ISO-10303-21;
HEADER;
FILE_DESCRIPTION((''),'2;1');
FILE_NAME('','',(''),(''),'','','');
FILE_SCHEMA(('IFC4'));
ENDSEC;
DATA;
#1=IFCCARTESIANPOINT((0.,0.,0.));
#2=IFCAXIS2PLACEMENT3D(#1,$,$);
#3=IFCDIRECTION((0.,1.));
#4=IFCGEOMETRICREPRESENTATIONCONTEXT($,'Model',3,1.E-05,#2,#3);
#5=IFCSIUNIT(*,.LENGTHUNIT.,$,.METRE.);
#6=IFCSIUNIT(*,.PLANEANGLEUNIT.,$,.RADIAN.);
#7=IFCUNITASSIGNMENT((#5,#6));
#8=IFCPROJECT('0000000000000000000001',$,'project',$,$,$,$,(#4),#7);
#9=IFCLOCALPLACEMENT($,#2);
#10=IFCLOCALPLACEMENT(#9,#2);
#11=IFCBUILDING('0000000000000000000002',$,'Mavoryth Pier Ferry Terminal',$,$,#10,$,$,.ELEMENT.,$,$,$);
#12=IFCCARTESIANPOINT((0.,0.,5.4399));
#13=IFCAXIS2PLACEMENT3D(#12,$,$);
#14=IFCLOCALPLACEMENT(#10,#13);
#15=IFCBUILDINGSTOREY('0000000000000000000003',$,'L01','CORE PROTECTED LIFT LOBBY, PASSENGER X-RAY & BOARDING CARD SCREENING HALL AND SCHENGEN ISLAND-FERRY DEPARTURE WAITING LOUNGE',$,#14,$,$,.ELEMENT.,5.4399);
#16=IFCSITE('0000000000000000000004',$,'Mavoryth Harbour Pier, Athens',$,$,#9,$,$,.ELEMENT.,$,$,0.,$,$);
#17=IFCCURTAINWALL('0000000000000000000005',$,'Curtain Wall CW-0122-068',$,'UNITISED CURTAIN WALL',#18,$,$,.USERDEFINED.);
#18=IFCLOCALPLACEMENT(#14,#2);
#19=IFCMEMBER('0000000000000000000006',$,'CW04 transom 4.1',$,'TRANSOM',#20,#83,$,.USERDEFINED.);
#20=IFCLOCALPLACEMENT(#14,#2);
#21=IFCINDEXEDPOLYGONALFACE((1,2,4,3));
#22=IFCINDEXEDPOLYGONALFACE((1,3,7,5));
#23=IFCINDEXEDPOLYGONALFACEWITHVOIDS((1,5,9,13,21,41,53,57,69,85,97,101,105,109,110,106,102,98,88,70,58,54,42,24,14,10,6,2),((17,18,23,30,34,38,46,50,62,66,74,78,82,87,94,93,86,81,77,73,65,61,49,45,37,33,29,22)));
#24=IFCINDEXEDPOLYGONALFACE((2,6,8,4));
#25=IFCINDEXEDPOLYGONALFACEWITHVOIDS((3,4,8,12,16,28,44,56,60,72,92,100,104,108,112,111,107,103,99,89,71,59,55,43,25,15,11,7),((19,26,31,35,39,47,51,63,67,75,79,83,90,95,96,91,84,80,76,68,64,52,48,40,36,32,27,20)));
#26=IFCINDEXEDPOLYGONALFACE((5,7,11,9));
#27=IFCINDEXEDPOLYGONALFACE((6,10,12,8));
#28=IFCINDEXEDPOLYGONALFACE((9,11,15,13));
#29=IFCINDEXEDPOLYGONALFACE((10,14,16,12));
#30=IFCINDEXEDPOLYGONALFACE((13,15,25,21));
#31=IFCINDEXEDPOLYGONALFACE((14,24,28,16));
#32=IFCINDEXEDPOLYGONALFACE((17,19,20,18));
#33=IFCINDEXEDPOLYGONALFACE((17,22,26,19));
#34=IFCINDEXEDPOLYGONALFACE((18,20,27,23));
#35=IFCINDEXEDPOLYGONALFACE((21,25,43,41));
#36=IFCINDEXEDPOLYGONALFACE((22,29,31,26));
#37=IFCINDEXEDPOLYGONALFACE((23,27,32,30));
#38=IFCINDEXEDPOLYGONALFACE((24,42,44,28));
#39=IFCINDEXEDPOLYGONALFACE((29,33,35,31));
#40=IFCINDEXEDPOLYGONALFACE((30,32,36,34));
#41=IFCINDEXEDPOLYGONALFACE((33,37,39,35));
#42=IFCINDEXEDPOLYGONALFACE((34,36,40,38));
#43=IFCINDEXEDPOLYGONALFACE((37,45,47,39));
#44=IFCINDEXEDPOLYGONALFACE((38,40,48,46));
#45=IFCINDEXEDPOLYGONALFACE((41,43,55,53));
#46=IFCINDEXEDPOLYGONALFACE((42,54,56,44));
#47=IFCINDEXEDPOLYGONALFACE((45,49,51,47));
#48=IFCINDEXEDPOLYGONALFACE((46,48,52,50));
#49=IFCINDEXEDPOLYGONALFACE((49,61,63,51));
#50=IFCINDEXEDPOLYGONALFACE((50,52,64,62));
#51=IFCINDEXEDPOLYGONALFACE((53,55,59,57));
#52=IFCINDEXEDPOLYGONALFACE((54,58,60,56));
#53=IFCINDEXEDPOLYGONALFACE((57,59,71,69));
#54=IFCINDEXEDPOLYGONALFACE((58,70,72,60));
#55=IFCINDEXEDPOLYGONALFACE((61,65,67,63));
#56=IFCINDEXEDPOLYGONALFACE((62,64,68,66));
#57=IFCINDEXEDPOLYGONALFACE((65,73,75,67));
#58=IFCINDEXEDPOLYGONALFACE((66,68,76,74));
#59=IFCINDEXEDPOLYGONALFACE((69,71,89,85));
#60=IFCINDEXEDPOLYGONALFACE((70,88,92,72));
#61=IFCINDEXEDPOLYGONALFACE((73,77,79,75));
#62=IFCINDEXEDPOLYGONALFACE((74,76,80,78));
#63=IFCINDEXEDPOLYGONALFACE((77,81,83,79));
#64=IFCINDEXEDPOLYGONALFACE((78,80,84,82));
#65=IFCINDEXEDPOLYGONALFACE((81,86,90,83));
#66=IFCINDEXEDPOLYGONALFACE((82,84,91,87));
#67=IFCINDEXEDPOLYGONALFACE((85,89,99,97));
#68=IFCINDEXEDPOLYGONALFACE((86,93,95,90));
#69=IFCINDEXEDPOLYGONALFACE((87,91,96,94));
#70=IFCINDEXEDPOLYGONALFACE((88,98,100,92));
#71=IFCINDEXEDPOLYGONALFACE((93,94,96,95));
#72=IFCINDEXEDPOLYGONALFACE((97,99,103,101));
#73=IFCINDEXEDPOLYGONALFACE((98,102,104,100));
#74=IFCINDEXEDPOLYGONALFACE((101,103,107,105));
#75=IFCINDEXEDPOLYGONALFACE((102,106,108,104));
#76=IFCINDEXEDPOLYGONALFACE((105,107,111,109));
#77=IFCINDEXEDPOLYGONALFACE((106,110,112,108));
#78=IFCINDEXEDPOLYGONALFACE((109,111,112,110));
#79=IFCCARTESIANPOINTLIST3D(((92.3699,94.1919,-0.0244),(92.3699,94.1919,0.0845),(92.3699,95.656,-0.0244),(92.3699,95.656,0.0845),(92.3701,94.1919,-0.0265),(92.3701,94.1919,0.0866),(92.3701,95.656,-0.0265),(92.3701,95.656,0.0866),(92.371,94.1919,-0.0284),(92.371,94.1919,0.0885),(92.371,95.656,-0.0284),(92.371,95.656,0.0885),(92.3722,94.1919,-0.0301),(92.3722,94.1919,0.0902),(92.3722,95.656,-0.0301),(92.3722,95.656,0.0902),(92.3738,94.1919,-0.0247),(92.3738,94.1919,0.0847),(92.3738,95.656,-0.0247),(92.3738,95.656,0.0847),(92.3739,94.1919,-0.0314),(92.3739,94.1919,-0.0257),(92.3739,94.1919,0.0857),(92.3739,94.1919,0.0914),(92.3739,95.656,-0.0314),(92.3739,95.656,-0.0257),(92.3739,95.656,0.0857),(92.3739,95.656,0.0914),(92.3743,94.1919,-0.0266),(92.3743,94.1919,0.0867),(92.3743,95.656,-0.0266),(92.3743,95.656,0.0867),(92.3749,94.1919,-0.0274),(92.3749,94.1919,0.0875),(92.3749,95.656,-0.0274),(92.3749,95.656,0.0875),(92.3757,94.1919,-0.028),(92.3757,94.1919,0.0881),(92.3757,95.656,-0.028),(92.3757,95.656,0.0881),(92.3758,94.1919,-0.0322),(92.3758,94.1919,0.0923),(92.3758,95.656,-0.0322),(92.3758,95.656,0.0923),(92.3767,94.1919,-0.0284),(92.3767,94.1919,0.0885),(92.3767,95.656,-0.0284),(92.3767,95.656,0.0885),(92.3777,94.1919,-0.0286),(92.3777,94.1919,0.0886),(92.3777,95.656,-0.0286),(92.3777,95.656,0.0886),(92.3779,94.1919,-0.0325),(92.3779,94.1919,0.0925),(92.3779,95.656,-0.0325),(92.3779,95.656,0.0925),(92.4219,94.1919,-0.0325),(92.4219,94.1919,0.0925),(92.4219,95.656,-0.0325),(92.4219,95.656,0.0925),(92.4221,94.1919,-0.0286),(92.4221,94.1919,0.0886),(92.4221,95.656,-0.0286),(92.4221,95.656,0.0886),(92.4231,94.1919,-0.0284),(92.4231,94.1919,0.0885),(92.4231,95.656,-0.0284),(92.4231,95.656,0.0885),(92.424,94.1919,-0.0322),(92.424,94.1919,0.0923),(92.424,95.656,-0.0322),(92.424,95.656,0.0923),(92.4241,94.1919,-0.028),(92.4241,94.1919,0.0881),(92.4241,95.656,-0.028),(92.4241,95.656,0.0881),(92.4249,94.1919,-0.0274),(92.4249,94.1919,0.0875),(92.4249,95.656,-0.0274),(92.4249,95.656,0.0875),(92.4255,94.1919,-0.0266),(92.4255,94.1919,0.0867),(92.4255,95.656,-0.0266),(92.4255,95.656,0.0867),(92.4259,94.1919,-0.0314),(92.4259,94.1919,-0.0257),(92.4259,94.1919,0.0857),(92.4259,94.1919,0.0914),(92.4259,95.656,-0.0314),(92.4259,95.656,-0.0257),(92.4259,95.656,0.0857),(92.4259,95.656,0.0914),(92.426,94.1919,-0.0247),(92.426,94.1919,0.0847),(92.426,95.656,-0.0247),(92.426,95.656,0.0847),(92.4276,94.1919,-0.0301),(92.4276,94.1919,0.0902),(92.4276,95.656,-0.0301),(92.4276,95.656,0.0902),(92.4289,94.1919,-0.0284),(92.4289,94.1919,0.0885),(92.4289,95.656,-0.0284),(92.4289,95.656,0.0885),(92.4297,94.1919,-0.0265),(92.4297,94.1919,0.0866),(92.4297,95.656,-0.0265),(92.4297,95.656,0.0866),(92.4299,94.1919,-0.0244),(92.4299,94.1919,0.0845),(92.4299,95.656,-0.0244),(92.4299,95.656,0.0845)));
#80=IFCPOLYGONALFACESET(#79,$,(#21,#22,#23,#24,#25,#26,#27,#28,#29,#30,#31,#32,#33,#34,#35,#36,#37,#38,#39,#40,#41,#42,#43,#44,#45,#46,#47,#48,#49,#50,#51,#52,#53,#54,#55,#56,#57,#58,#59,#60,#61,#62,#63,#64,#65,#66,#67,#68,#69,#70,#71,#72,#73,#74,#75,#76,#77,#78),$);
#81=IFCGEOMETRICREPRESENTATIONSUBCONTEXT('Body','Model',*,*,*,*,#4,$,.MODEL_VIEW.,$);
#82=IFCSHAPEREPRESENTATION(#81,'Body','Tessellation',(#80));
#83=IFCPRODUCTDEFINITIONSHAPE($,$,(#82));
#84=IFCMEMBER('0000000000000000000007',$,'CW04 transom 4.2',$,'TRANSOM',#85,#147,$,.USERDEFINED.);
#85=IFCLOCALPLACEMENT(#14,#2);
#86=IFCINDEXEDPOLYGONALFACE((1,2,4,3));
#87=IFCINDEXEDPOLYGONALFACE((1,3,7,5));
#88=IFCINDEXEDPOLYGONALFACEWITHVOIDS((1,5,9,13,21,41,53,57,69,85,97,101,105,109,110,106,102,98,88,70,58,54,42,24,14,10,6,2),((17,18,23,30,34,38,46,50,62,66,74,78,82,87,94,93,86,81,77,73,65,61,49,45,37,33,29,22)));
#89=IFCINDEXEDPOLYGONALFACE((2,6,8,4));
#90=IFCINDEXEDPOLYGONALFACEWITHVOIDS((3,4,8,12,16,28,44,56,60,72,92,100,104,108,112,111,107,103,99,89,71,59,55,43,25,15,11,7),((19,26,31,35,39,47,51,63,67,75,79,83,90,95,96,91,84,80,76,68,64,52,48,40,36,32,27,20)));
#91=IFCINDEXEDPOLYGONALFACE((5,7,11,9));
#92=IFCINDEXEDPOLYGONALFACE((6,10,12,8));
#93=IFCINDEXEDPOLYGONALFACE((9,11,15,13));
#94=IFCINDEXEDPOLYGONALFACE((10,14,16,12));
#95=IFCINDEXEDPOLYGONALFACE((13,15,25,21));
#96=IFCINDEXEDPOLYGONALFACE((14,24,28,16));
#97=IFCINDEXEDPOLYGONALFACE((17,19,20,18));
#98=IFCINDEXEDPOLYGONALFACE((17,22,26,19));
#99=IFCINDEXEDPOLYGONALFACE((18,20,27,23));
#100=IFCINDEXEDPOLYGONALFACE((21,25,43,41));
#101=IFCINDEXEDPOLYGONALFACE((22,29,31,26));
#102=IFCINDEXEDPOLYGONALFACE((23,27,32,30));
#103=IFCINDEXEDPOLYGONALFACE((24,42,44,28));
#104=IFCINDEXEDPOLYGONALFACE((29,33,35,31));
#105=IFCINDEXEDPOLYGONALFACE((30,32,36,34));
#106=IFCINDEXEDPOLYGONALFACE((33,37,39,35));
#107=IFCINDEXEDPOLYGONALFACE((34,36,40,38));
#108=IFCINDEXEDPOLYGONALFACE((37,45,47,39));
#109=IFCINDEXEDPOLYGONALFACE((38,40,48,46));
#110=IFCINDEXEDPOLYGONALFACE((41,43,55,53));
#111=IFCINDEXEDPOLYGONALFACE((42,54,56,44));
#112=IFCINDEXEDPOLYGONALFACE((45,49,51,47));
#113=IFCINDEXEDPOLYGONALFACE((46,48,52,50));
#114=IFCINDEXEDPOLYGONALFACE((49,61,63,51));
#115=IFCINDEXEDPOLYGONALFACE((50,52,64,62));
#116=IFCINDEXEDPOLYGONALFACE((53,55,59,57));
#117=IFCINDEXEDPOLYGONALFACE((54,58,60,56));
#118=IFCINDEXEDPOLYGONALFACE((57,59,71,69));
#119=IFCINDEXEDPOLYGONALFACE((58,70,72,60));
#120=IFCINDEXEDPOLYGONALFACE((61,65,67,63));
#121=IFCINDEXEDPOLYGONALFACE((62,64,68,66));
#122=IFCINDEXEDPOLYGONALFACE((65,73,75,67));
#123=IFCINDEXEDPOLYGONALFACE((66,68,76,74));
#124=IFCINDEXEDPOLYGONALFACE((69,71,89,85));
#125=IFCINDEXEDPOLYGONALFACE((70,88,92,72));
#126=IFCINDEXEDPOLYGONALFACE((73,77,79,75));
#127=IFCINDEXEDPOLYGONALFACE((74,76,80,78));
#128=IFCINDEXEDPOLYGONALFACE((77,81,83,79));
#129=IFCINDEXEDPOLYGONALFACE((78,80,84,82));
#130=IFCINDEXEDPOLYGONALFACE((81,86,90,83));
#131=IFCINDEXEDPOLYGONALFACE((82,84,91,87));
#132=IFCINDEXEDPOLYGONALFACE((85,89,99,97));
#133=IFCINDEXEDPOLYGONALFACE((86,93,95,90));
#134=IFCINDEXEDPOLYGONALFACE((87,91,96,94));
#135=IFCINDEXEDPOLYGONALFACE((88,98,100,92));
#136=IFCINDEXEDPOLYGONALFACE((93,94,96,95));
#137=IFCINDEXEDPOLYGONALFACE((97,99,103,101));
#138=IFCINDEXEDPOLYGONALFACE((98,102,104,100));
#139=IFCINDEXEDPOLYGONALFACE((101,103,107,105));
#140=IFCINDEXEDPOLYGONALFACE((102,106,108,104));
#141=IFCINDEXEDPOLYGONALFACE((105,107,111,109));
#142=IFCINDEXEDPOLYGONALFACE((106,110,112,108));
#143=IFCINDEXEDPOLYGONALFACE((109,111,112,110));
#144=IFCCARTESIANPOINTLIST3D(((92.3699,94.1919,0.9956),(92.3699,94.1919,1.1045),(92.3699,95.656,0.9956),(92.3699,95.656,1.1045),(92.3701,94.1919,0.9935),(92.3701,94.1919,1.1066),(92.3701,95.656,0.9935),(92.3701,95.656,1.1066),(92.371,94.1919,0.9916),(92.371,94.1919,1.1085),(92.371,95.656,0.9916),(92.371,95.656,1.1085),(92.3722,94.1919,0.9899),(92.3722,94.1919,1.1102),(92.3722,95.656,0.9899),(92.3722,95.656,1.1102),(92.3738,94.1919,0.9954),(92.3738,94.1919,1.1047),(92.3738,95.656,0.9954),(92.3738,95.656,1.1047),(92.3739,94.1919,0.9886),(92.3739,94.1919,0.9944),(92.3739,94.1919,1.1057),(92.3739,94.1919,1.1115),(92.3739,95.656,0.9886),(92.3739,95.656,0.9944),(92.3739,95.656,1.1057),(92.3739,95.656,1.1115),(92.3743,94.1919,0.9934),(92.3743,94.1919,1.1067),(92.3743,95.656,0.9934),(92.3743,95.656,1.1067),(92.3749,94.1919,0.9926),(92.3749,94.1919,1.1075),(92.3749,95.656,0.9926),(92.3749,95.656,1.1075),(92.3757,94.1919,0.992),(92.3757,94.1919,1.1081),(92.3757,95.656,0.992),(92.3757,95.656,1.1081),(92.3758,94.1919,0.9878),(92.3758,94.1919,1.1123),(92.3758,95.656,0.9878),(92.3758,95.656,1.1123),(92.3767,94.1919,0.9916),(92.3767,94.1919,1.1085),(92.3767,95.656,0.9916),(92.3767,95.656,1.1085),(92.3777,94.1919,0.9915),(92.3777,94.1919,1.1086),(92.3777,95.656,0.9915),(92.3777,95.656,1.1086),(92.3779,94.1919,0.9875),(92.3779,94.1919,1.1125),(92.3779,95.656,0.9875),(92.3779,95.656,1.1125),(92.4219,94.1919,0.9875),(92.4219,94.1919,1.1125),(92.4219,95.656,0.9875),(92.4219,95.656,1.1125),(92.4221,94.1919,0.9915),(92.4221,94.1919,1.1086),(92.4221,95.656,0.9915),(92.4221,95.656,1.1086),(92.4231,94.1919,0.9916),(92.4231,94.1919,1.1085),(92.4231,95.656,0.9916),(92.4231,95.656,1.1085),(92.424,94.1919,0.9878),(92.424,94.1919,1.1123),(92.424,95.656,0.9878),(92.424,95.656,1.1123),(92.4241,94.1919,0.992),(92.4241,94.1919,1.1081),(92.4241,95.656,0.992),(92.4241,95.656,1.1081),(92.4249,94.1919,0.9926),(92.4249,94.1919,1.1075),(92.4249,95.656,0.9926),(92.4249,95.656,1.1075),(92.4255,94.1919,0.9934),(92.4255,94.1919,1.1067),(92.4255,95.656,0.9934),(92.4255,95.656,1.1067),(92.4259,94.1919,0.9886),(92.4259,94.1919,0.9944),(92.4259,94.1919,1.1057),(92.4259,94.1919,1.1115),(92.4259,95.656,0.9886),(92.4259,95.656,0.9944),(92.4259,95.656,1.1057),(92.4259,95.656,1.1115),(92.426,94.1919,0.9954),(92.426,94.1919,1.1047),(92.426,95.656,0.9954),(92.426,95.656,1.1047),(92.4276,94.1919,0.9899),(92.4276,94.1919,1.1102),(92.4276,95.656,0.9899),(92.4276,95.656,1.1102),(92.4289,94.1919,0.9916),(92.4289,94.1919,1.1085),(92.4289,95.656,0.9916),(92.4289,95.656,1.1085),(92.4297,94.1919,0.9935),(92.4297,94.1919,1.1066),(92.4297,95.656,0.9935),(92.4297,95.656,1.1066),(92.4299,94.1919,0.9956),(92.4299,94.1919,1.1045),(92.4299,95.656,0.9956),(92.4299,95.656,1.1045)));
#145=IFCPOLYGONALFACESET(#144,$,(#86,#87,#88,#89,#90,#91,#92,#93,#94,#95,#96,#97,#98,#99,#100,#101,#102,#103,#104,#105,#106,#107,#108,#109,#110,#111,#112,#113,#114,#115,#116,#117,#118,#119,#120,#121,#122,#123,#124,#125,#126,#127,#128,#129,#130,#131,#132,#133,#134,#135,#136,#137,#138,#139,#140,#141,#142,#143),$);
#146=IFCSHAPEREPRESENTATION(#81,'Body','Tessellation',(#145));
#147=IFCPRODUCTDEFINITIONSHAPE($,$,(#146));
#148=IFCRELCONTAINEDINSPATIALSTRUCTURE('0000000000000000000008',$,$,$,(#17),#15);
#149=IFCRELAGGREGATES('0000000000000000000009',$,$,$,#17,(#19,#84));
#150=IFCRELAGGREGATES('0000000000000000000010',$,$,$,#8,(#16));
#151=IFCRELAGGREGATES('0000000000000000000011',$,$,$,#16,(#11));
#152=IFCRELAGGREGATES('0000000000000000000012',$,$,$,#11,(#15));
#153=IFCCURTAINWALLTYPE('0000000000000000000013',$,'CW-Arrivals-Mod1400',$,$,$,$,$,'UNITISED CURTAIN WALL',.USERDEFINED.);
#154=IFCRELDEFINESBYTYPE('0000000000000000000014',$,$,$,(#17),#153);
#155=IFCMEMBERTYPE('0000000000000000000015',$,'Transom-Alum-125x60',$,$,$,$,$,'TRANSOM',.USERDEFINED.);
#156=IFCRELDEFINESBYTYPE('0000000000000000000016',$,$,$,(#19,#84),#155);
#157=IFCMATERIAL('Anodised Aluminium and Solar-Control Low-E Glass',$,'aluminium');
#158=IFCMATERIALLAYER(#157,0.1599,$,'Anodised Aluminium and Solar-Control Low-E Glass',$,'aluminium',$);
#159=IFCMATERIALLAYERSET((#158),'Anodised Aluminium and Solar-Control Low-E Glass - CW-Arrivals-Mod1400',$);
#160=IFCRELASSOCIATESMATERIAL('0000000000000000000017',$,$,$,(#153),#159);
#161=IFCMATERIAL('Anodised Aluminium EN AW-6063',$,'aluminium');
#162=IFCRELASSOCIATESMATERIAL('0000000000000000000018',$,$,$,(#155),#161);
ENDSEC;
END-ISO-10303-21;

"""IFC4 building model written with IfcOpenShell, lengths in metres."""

from ifc_helpers import new_model, si_unit, direction, frame, origin, origin_2d, place, context, subcontext, project, spatial, hollow_rectangle, extrude, material, layer, layer_set, material_profile, profile_set, type_object, element, aggregate, save


model = new_model("IFC4")

# Units and contexts
model_context = context("Model", 3, precision=1e-05, world=origin(), true_north=direction((0.0, 1.0)))
body_context = subcontext(model_context, "Body", "Model", "MODEL_VIEW")
ifc_project = project(units=[si_unit("LENGTHUNIT", "METRE"), si_unit("PLANEANGLEUNIT", "RADIAN")], contexts=[model_context])

# Site, building, storey
site_placement = place(None, origin())
site = spatial("IfcSite", under=ifc_project, at=site_placement, Name="Mavoryth Harbour Pier, Athens", CompositionType="ELEMENT", RefElevation=0.0)
building_placement = place(site_placement, origin())
building = spatial("IfcBuilding", under=site, at=building_placement, Name="Mavoryth Pier Ferry Terminal", CompositionType="ELEMENT")
storey_placement = place(building_placement, frame((0.0, 0.0, 5.4399)))
storey = spatial("IfcBuildingStorey", under=building, at=storey_placement, Name="L01", Description="CORE PROTECTED LIFT LOBBY, PASSENGER X-RAY & BOARDING CARD SCREENING HALL AND SCHENGEN ISLAND-FERRY DEPARTURE WAITING LOUNGE", CompositionType="ELEMENT", Elevation=5.4399)

# Curtain wall, members
ifc_material_1 = material(Name="Anodised Aluminium and Solar-Control Low-E Glass", Category="aluminium")
ifc_layer_1 = layer(ifc_material_1, 0.1599, Name="Anodised Aluminium and Solar-Control Low-E Glass", Category="aluminium")
ifc_layer_set_1 = layer_set([ifc_layer_1], Name="Anodised Aluminium and Solar-Control Low-E Glass - CW-Arrivals-Mod1400")
curtain_wall_type = type_object("IfcCurtainWallType", Name="CW-Arrivals-Mod1400", ElementType="UNITISED CURTAIN WALL", PredefinedType="USERDEFINED", material=ifc_layer_set_1)
curtain_wall_placement = place(storey_placement, origin())
curtain_wall = element("IfcCurtainWall", 1, at=curtain_wall_placement, inside=storey, type_object=curtain_wall_type, Name="Curtain Wall CW-0122-068", ObjectType="UNITISED CURTAIN WALL", PredefinedType="USERDEFINED")
ifc_material_2 = material(Name="Anodised Aluminium EN AW-6063", Category="aluminium")
ifc_material_profile_1 = material_profile(ifc_material_2, hollow_rectangle(XDim=0.0601, YDim=0.125, WallThickness=0.0039, InnerFilletRadius=0.0039, OuterFilletRadius=0.0081, at=origin_2d()), Name="AL-TRAN 125x60x4", Category="aluminium")
ifc_profile_set_1 = profile_set([ifc_material_profile_1], Name="Anodised Aluminium EN AW-6063 - AL-TRAN 125x60x4")
member_type_1 = type_object("IfcMemberType", Name="Transom-Alum-125x60", ElementType="TRANSOM", PredefinedType="USERDEFINED", material=ifc_profile_set_1)
member_1_placement = place(storey_placement, frame((92.3999, 94.1919, 0.03), z_axis=(0.0, 1.0, 0.0), x_axis=(-1.0, 0.0, 0.0)))
member_1 = element("IfcMember", 2, at=member_1_placement, type_object=member_type_1, Name="CW04 transom 4.1", ObjectType="TRANSOM", PredefinedType="USERDEFINED", context=body_context, shape_type="SweptSolid", body=[
    extrude(hollow_rectangle(XDim=0.0601, YDim=0.125, WallThickness=0.0039, InnerFilletRadius=0.0039, OuterFilletRadius=0.0081, at=origin_2d()), origin(), (0.0, 0.0, 1.0), 1.4641),
])
member_2_placement = place(storey_placement, frame((92.3999, 94.1919, 1.05), z_axis=(0.0, 1.0, 0.0), x_axis=(-1.0, 0.0, 0.0)))
member_2 = element("IfcMember", 3, at=member_2_placement, type_object=member_type_1, Name="CW04 transom 4.2", ObjectType="TRANSOM", PredefinedType="USERDEFINED", context=body_context, shape_type="SweptSolid", body=[
    extrude(hollow_rectangle(XDim=0.0601, YDim=0.125, WallThickness=0.0039, InnerFilletRadius=0.0039, OuterFilletRadius=0.0081, at=origin_2d()), origin(), (0.0, 0.0, 1.0), 1.4641),
])
aggregate(curtain_wall, [member_1, member_2])

save(model, "model.ifc")
